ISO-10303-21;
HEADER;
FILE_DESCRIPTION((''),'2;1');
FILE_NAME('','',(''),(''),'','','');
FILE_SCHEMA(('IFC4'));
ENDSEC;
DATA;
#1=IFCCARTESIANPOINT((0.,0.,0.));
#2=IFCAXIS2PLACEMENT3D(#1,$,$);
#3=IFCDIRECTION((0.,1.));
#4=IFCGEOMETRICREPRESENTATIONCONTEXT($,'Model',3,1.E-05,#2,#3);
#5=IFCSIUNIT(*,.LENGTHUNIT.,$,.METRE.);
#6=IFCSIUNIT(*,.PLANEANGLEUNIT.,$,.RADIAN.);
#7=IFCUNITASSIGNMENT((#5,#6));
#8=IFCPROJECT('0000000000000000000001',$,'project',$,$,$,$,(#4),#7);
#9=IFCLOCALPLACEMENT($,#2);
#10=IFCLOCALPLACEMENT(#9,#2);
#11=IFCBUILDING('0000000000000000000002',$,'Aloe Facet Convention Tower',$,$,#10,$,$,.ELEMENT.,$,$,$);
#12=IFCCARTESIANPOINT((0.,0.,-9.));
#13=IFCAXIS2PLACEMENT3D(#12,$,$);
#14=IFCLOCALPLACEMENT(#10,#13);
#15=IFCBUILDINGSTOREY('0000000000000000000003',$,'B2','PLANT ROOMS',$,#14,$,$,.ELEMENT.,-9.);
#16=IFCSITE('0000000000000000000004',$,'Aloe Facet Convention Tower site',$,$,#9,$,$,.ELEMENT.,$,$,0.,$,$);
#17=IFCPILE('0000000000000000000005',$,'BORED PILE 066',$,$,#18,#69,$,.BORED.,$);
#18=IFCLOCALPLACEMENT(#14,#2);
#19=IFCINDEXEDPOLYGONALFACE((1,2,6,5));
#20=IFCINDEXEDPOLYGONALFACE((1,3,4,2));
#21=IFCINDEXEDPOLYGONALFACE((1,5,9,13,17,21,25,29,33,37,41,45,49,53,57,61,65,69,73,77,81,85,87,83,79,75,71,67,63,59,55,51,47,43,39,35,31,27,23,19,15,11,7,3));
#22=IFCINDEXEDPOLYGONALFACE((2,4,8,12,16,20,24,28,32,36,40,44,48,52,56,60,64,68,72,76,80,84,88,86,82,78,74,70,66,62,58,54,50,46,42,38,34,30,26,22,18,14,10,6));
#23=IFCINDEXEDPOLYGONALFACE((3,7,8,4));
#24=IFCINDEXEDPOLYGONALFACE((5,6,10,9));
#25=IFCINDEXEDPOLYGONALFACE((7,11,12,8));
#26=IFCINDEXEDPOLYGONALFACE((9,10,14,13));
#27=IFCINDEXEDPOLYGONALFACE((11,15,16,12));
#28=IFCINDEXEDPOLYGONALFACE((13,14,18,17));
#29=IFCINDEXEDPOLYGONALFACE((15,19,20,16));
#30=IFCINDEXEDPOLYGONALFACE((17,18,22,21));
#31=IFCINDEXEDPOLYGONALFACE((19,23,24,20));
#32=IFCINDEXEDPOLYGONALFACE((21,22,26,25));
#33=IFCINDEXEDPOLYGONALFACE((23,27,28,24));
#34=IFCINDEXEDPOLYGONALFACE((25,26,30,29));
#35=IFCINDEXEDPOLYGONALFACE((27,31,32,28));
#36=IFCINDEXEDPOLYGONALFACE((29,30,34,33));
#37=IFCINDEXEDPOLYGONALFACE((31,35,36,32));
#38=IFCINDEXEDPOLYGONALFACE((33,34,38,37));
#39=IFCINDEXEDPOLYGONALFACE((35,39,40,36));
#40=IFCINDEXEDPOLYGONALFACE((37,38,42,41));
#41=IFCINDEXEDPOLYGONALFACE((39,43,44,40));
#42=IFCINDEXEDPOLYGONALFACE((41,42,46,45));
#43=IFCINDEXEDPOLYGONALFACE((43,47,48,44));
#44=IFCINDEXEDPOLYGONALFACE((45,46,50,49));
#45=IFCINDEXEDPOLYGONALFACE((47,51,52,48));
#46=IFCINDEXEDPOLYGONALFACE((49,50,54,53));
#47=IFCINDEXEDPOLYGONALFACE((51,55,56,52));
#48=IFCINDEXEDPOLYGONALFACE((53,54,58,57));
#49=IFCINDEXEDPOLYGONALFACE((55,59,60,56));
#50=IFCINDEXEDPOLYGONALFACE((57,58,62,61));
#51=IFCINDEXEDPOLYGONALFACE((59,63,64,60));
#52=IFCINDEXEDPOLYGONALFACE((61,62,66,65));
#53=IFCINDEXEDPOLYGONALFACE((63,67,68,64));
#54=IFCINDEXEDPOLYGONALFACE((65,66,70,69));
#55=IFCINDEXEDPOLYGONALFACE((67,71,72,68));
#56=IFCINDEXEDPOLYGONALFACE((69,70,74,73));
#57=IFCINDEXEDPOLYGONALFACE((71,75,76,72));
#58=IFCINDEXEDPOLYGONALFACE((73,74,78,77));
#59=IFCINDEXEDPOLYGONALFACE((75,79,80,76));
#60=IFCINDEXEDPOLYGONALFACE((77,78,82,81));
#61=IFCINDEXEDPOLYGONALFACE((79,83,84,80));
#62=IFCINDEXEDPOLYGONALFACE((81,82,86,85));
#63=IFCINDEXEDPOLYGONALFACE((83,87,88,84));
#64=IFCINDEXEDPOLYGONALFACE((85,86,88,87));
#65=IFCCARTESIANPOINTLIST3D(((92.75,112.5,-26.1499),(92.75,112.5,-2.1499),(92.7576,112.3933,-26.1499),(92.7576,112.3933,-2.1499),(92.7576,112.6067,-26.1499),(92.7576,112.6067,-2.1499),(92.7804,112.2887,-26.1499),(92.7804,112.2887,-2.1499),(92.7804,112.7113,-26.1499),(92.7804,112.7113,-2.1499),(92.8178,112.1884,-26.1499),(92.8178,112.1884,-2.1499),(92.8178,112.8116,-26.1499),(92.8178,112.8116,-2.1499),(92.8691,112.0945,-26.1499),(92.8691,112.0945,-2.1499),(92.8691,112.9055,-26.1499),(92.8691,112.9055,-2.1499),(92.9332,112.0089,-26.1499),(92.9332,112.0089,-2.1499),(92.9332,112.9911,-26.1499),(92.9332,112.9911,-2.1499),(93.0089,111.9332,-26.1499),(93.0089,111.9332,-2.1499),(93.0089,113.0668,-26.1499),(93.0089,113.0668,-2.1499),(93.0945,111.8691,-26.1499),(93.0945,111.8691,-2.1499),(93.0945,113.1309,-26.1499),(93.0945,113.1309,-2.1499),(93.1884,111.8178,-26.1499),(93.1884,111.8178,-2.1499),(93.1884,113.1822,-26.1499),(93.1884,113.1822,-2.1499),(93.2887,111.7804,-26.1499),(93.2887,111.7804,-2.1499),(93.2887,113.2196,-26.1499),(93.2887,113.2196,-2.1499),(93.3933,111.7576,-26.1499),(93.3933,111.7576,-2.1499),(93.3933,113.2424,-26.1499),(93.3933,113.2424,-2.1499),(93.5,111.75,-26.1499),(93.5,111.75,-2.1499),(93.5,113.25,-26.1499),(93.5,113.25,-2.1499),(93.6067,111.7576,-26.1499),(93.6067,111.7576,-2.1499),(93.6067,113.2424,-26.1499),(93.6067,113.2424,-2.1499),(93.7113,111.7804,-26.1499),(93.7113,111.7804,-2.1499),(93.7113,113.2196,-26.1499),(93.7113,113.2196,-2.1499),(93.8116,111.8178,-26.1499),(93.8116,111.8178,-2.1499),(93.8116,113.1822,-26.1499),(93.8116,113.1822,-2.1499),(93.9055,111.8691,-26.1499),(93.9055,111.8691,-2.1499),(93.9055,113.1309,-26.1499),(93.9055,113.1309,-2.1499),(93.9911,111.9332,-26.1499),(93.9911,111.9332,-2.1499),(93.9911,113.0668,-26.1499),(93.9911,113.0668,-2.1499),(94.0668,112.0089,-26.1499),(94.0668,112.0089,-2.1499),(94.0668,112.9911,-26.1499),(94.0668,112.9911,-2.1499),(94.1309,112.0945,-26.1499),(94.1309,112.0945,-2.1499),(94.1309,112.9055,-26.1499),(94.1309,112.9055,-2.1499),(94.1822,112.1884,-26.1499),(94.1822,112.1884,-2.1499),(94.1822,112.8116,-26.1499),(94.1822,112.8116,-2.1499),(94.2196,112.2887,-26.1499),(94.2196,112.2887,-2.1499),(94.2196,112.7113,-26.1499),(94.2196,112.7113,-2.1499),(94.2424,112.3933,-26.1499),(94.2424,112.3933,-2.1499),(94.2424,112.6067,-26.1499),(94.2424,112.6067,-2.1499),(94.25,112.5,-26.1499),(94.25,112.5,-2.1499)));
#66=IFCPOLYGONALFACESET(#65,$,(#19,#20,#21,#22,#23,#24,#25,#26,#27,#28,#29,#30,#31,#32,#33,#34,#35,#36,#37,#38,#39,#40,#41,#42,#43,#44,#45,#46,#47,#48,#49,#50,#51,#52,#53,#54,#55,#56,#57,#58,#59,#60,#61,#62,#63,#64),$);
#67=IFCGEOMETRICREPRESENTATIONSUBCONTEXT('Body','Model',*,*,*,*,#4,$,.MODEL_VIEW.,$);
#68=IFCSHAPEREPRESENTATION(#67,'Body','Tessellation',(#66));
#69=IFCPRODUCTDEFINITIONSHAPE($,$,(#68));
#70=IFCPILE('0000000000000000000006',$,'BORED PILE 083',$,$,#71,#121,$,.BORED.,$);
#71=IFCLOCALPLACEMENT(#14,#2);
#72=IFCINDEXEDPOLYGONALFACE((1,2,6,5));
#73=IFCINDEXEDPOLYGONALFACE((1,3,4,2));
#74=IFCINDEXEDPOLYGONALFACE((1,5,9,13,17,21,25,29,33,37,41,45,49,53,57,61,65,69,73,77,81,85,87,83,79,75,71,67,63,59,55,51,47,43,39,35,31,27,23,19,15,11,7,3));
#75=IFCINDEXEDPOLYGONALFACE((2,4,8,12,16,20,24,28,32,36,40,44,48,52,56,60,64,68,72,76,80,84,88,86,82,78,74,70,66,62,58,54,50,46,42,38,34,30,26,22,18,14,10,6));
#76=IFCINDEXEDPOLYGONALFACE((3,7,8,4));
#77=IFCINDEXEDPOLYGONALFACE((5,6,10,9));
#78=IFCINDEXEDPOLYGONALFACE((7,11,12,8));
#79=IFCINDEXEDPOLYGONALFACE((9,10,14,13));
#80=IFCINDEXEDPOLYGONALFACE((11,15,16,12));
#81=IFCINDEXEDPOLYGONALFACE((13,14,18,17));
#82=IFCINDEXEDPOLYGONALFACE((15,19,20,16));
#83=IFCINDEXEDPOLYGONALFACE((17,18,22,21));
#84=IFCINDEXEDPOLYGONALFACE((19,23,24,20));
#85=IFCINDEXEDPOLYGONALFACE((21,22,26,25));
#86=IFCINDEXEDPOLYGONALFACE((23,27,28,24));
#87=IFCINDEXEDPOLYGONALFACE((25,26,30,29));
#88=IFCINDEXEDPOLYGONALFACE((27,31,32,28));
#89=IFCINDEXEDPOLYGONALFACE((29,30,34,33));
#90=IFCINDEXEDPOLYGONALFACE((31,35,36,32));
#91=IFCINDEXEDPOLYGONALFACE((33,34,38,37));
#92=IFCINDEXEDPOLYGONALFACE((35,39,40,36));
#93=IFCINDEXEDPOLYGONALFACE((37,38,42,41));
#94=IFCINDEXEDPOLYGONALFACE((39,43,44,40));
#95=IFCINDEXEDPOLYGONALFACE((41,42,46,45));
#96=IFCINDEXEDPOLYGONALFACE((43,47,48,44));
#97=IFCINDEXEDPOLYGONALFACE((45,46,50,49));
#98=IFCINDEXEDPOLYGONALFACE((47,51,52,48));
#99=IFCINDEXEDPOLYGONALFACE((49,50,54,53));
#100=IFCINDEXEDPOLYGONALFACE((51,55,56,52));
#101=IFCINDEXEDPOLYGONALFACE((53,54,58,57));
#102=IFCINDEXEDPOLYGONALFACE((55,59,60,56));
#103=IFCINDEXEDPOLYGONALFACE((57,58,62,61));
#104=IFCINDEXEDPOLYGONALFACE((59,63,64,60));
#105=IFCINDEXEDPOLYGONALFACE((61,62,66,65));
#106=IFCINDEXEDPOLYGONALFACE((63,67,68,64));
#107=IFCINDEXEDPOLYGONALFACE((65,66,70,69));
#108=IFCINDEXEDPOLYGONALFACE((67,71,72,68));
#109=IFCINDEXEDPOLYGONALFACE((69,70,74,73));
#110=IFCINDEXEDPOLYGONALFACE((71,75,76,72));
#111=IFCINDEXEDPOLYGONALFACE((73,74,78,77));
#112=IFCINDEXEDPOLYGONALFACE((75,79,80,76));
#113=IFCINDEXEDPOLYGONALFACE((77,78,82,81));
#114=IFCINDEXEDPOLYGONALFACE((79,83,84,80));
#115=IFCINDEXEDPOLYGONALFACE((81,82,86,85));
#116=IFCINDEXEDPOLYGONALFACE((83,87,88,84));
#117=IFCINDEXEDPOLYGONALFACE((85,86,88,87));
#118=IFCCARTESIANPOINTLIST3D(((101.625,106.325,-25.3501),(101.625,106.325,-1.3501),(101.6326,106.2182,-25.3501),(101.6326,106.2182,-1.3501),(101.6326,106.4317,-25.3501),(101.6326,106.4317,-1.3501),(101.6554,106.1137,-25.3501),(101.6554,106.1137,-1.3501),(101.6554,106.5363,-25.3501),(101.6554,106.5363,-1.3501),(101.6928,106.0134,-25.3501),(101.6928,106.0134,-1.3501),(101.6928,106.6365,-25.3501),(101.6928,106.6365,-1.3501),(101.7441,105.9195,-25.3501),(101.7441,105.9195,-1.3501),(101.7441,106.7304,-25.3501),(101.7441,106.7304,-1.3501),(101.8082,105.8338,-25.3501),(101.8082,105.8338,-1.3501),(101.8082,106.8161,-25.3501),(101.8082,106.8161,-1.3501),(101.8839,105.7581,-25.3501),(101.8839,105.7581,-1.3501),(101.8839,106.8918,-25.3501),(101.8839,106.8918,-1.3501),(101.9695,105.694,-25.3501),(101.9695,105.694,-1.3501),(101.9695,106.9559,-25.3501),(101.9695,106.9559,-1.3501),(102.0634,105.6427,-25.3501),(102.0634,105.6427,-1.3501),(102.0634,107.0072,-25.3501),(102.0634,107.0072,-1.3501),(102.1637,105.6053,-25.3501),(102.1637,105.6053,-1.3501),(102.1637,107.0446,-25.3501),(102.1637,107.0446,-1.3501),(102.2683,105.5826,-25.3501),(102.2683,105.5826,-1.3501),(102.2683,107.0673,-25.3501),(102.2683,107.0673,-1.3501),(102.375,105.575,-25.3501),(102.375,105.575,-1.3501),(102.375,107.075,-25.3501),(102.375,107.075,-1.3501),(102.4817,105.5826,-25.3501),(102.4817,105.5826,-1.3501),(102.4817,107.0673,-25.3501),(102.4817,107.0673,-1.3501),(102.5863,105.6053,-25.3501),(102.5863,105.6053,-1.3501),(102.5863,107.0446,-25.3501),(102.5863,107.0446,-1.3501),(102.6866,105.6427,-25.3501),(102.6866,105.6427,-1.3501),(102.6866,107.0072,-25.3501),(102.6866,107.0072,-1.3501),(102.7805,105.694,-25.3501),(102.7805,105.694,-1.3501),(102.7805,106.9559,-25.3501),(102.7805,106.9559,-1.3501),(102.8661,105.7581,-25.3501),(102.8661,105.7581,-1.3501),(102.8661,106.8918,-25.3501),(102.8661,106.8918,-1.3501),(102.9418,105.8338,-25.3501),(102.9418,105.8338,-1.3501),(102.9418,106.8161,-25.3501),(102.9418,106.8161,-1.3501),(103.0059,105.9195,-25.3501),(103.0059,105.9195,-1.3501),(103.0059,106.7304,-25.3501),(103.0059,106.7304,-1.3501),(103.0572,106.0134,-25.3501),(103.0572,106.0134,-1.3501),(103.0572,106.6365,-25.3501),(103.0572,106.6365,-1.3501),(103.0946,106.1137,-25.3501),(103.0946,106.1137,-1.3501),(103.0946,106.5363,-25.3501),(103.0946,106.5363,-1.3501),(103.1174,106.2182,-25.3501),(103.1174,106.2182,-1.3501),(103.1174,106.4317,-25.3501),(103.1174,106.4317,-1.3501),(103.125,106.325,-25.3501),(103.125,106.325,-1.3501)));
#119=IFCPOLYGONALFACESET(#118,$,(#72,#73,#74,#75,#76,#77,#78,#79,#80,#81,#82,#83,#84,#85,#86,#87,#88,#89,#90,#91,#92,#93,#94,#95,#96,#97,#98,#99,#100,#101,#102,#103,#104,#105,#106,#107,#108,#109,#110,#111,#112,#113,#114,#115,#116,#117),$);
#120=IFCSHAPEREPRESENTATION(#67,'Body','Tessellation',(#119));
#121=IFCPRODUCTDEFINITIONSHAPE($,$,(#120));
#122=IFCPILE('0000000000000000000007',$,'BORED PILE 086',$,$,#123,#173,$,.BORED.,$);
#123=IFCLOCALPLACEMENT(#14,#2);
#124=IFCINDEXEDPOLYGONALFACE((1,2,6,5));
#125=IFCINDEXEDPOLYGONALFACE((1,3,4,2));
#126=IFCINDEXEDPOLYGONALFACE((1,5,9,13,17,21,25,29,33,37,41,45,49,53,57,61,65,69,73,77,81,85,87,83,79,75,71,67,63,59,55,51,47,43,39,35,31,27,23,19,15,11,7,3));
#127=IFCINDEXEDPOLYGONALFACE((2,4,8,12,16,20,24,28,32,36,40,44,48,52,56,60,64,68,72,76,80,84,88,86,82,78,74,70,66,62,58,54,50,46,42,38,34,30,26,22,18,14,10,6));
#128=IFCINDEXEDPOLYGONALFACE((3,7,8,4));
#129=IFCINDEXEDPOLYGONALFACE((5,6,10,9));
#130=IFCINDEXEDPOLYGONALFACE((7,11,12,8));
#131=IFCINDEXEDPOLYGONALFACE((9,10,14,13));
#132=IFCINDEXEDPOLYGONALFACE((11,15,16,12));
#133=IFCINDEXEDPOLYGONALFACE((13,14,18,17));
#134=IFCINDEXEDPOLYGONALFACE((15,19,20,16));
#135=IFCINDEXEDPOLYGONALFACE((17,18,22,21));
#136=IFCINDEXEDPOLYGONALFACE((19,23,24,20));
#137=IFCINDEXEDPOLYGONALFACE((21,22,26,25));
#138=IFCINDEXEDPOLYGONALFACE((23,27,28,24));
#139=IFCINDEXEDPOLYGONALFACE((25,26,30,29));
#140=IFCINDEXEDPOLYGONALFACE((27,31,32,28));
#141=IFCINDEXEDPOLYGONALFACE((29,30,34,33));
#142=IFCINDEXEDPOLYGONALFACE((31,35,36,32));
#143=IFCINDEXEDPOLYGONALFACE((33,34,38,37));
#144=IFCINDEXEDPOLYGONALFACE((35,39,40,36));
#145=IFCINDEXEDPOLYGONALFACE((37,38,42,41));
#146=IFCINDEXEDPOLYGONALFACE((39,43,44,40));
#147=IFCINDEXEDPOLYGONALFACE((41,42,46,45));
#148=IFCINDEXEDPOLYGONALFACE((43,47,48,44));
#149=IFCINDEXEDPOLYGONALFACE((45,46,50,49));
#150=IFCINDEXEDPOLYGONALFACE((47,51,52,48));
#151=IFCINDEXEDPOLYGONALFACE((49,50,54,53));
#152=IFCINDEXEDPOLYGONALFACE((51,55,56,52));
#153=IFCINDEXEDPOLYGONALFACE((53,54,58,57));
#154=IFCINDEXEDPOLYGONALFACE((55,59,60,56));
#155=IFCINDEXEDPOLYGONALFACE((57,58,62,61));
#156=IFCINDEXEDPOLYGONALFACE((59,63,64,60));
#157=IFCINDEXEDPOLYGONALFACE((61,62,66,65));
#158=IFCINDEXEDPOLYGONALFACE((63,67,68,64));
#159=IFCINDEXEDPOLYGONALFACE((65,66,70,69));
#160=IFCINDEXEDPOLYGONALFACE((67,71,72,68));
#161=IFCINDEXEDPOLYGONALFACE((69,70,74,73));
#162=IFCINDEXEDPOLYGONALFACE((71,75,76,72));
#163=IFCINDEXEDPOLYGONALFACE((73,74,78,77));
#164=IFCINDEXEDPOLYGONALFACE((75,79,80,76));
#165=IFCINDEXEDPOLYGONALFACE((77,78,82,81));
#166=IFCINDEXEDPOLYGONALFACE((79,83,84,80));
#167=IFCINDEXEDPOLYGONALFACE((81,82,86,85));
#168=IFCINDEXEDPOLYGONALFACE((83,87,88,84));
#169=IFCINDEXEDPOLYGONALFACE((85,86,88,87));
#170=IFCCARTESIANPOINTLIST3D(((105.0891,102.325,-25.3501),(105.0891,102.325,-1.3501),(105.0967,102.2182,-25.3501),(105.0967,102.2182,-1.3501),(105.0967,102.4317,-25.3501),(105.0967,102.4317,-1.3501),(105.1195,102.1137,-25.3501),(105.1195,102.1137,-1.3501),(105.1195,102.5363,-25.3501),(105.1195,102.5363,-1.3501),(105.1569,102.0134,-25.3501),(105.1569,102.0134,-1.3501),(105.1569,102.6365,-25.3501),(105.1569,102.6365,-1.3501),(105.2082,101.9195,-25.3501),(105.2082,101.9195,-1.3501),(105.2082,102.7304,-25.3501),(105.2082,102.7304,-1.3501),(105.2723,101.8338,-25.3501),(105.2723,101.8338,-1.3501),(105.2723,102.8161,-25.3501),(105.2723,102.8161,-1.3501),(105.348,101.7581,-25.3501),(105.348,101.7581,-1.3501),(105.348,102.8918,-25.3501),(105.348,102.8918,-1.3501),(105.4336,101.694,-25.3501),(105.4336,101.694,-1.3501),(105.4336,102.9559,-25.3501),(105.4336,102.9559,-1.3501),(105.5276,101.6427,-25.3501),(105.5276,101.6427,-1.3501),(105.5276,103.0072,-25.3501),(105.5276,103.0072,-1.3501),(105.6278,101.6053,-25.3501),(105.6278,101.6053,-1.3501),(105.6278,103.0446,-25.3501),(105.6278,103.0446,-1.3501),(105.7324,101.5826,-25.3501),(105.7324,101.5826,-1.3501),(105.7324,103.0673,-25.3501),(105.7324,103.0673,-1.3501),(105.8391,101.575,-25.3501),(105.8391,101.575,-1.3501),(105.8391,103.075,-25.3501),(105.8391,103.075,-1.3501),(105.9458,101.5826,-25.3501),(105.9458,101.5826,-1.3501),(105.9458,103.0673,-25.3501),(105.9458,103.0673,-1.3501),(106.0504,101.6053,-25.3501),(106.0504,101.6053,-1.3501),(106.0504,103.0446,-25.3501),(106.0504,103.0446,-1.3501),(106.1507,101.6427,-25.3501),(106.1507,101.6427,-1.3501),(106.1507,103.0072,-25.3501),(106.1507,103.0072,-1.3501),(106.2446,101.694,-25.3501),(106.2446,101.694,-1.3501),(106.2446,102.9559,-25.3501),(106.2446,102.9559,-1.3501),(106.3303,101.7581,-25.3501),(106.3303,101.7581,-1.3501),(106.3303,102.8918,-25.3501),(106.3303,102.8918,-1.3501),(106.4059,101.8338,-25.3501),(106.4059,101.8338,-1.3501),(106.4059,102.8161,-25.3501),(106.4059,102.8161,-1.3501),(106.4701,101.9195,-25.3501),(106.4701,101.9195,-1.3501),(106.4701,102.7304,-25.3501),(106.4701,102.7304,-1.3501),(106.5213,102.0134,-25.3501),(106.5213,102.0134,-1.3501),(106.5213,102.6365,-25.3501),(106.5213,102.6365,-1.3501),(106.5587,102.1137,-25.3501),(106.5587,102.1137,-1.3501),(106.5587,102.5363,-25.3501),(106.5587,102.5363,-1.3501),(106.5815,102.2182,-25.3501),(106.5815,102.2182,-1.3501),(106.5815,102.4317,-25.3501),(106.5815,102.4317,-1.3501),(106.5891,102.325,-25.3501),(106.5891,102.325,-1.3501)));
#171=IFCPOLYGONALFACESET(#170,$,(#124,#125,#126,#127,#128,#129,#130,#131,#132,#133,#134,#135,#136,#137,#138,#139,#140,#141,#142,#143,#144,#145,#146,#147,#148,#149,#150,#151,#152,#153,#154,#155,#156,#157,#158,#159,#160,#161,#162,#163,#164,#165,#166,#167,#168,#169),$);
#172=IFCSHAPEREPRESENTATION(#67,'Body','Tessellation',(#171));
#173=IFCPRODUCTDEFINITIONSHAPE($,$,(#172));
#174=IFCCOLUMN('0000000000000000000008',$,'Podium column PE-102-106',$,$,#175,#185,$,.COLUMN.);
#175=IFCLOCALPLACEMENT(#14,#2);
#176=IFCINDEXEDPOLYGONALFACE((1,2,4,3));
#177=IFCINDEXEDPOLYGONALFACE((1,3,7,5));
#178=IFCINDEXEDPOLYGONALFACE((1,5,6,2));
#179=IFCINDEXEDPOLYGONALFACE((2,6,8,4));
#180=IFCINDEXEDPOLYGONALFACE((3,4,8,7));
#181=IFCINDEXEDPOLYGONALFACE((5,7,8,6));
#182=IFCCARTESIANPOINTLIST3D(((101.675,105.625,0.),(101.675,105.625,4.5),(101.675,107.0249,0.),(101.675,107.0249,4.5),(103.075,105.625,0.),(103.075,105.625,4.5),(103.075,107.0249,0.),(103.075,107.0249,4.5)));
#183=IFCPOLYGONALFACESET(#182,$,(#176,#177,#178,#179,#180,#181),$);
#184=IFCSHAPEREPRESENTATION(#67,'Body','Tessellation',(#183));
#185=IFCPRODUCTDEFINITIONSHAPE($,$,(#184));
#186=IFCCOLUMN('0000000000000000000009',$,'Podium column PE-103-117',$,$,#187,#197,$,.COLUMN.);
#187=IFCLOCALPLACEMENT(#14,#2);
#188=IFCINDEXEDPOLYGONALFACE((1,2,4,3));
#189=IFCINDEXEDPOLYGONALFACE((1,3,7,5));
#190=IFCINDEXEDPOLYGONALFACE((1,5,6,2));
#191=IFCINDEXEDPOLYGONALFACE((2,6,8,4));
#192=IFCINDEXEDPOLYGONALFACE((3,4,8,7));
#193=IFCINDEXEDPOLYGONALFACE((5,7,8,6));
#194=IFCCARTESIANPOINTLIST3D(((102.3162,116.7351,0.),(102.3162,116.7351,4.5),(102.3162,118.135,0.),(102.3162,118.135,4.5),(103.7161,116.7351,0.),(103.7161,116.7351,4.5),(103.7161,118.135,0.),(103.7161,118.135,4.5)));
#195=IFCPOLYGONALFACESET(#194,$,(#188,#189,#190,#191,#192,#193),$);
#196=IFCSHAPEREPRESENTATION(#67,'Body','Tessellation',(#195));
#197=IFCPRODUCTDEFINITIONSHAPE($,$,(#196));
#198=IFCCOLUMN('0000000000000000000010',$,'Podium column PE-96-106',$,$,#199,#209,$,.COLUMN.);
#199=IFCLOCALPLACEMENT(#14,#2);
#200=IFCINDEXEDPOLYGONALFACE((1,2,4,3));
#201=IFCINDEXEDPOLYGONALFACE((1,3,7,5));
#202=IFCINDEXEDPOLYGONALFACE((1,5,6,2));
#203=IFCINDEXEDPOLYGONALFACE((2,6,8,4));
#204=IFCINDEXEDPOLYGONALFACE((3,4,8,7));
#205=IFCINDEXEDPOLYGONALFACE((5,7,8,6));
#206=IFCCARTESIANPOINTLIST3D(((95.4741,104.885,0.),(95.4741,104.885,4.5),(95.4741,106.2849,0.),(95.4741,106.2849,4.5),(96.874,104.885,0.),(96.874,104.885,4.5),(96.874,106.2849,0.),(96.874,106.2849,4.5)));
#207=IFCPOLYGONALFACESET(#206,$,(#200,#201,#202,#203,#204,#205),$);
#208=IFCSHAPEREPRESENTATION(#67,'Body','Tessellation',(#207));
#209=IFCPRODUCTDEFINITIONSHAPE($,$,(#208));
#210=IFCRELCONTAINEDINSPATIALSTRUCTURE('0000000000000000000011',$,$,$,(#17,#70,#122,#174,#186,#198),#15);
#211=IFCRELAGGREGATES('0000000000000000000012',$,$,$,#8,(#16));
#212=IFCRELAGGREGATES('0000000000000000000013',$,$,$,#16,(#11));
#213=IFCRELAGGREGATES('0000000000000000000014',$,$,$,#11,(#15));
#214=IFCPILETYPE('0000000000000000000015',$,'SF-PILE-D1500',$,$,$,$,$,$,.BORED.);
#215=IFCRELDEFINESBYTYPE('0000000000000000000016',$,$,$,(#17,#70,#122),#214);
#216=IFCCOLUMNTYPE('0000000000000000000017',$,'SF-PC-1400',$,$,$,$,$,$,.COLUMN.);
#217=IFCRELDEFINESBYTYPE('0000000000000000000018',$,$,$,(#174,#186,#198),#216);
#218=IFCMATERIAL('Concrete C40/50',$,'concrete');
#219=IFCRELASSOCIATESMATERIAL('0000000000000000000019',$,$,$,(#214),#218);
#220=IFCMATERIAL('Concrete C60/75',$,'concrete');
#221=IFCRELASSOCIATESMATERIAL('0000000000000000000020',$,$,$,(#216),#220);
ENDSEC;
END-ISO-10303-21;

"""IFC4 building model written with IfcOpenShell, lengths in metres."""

from ifc_helpers import new_model, si_unit, direction, frame, origin, origin_2d, place, context, subcontext, project, spatial, rectangle, circle, extrude, material, material_profile, profile_set, type_object, element, save


model = new_model("IFC4")

# Units and contexts
model_context = context("Model", 3, precision=1e-05, world=origin(), true_north=direction((0.0, 1.0)))
body_context = subcontext(model_context, "Body", "Model", "MODEL_VIEW")
ifc_project = project(units=[si_unit("LENGTHUNIT", "METRE"), si_unit("PLANEANGLEUNIT", "RADIAN")], contexts=[model_context])

# Site, building, storey
site_placement = place(None, origin())
site = spatial("IfcSite", under=ifc_project, at=site_placement, Name="Aloe Facet Convention Tower site", CompositionType="ELEMENT", RefElevation=0.0)
building_placement = place(site_placement, origin())
building = spatial("IfcBuilding", under=site, at=building_placement, Name="Aloe Facet Convention Tower", CompositionType="ELEMENT")
storey_placement = place(building_placement, frame((0.0, 0.0, -9.0)))
storey = spatial("IfcBuildingStorey", under=building, at=storey_placement, Name="B2", Description="PLANT ROOMS", CompositionType="ELEMENT", Elevation=-9.0)

# Piles
ifc_material_1 = material(Name="Concrete C40/50", Category="concrete")
ifc_material_profile_1 = material_profile(ifc_material_1, circle(Radius=0.75, at=origin_2d()), Name="D1500")
ifc_profile_set_1 = profile_set([ifc_material_profile_1], Name="Concrete C40/50")
pile_type = type_object("IfcPileType", Name="SF-PILE-D1500", PredefinedType="BORED", material=ifc_profile_set_1)
for number, where, z_axis, x_axis, name in (
    (1, (93.5, 112.5, -2.1499), (0.0, 0.0, -1.0), (1.0, 0.0, 0.0), "BORED PILE 066"),
    (2, (102.375, 106.325, -1.3501), (0.0, 0.0, -1.0), (1.0, 0.0, 0.0), "BORED PILE 083"),
    (3, (105.8391, 102.325, -1.3501), (0.0, 0.0, -1.0), (1.0, 0.0, 0.0), "BORED PILE 086"),
):
    element("IfcPile", number, at=place(storey_placement, frame(where, z_axis=z_axis, x_axis=x_axis)), inside=storey, type_object=pile_type, Name=name, PredefinedType="BORED", context=body_context, shape_type="SweptSolid", body=[
        extrude(circle(Radius=0.75, at=origin_2d()), origin(), (0.0, 0.0, 1.0), 24.0),
    ])

# Columns
ifc_material_2 = material(Name="Concrete C60/75", Category="concrete")
ifc_material_profile_2 = material_profile(ifc_material_2, rectangle(XDim=1.3999, YDim=1.3999, at=origin_2d()), Name="SF-PC-1400")
ifc_profile_set_2 = profile_set([ifc_material_profile_2], Name="Concrete C60/75")
column_type = type_object("IfcColumnType", Name="SF-PC-1400", PredefinedType="COLUMN", material=ifc_profile_set_2)
for number, where, z_axis, x_axis, name in (
    (4, (102.375, 106.325, 0.0), (0.0, 0.0, 1.0), (1.0, 0.0, 0.0), "Podium column PE-102-106"),
    (5, (103.0161, 117.4351, 0.0), (0.0, 0.0, 1.0), (1.0, 0.0, 0.0), "Podium column PE-103-117"),
    (6, (96.1741, 105.585, 0.0), (0.0, 0.0, 1.0), (1.0, 0.0, 0.0), "Podium column PE-96-106"),
):
    element("IfcColumn", number, at=place(storey_placement, frame(where, z_axis=z_axis, x_axis=x_axis)), inside=storey, type_object=column_type, Name=name, PredefinedType="COLUMN", context=body_context, shape_type="SweptSolid", body=[
        extrude(rectangle(XDim=1.3999, YDim=1.3999, at=origin_2d()), origin(), (0.0, 0.0, 1.0), 4.5),
    ])

save(model, "model.ifc")
